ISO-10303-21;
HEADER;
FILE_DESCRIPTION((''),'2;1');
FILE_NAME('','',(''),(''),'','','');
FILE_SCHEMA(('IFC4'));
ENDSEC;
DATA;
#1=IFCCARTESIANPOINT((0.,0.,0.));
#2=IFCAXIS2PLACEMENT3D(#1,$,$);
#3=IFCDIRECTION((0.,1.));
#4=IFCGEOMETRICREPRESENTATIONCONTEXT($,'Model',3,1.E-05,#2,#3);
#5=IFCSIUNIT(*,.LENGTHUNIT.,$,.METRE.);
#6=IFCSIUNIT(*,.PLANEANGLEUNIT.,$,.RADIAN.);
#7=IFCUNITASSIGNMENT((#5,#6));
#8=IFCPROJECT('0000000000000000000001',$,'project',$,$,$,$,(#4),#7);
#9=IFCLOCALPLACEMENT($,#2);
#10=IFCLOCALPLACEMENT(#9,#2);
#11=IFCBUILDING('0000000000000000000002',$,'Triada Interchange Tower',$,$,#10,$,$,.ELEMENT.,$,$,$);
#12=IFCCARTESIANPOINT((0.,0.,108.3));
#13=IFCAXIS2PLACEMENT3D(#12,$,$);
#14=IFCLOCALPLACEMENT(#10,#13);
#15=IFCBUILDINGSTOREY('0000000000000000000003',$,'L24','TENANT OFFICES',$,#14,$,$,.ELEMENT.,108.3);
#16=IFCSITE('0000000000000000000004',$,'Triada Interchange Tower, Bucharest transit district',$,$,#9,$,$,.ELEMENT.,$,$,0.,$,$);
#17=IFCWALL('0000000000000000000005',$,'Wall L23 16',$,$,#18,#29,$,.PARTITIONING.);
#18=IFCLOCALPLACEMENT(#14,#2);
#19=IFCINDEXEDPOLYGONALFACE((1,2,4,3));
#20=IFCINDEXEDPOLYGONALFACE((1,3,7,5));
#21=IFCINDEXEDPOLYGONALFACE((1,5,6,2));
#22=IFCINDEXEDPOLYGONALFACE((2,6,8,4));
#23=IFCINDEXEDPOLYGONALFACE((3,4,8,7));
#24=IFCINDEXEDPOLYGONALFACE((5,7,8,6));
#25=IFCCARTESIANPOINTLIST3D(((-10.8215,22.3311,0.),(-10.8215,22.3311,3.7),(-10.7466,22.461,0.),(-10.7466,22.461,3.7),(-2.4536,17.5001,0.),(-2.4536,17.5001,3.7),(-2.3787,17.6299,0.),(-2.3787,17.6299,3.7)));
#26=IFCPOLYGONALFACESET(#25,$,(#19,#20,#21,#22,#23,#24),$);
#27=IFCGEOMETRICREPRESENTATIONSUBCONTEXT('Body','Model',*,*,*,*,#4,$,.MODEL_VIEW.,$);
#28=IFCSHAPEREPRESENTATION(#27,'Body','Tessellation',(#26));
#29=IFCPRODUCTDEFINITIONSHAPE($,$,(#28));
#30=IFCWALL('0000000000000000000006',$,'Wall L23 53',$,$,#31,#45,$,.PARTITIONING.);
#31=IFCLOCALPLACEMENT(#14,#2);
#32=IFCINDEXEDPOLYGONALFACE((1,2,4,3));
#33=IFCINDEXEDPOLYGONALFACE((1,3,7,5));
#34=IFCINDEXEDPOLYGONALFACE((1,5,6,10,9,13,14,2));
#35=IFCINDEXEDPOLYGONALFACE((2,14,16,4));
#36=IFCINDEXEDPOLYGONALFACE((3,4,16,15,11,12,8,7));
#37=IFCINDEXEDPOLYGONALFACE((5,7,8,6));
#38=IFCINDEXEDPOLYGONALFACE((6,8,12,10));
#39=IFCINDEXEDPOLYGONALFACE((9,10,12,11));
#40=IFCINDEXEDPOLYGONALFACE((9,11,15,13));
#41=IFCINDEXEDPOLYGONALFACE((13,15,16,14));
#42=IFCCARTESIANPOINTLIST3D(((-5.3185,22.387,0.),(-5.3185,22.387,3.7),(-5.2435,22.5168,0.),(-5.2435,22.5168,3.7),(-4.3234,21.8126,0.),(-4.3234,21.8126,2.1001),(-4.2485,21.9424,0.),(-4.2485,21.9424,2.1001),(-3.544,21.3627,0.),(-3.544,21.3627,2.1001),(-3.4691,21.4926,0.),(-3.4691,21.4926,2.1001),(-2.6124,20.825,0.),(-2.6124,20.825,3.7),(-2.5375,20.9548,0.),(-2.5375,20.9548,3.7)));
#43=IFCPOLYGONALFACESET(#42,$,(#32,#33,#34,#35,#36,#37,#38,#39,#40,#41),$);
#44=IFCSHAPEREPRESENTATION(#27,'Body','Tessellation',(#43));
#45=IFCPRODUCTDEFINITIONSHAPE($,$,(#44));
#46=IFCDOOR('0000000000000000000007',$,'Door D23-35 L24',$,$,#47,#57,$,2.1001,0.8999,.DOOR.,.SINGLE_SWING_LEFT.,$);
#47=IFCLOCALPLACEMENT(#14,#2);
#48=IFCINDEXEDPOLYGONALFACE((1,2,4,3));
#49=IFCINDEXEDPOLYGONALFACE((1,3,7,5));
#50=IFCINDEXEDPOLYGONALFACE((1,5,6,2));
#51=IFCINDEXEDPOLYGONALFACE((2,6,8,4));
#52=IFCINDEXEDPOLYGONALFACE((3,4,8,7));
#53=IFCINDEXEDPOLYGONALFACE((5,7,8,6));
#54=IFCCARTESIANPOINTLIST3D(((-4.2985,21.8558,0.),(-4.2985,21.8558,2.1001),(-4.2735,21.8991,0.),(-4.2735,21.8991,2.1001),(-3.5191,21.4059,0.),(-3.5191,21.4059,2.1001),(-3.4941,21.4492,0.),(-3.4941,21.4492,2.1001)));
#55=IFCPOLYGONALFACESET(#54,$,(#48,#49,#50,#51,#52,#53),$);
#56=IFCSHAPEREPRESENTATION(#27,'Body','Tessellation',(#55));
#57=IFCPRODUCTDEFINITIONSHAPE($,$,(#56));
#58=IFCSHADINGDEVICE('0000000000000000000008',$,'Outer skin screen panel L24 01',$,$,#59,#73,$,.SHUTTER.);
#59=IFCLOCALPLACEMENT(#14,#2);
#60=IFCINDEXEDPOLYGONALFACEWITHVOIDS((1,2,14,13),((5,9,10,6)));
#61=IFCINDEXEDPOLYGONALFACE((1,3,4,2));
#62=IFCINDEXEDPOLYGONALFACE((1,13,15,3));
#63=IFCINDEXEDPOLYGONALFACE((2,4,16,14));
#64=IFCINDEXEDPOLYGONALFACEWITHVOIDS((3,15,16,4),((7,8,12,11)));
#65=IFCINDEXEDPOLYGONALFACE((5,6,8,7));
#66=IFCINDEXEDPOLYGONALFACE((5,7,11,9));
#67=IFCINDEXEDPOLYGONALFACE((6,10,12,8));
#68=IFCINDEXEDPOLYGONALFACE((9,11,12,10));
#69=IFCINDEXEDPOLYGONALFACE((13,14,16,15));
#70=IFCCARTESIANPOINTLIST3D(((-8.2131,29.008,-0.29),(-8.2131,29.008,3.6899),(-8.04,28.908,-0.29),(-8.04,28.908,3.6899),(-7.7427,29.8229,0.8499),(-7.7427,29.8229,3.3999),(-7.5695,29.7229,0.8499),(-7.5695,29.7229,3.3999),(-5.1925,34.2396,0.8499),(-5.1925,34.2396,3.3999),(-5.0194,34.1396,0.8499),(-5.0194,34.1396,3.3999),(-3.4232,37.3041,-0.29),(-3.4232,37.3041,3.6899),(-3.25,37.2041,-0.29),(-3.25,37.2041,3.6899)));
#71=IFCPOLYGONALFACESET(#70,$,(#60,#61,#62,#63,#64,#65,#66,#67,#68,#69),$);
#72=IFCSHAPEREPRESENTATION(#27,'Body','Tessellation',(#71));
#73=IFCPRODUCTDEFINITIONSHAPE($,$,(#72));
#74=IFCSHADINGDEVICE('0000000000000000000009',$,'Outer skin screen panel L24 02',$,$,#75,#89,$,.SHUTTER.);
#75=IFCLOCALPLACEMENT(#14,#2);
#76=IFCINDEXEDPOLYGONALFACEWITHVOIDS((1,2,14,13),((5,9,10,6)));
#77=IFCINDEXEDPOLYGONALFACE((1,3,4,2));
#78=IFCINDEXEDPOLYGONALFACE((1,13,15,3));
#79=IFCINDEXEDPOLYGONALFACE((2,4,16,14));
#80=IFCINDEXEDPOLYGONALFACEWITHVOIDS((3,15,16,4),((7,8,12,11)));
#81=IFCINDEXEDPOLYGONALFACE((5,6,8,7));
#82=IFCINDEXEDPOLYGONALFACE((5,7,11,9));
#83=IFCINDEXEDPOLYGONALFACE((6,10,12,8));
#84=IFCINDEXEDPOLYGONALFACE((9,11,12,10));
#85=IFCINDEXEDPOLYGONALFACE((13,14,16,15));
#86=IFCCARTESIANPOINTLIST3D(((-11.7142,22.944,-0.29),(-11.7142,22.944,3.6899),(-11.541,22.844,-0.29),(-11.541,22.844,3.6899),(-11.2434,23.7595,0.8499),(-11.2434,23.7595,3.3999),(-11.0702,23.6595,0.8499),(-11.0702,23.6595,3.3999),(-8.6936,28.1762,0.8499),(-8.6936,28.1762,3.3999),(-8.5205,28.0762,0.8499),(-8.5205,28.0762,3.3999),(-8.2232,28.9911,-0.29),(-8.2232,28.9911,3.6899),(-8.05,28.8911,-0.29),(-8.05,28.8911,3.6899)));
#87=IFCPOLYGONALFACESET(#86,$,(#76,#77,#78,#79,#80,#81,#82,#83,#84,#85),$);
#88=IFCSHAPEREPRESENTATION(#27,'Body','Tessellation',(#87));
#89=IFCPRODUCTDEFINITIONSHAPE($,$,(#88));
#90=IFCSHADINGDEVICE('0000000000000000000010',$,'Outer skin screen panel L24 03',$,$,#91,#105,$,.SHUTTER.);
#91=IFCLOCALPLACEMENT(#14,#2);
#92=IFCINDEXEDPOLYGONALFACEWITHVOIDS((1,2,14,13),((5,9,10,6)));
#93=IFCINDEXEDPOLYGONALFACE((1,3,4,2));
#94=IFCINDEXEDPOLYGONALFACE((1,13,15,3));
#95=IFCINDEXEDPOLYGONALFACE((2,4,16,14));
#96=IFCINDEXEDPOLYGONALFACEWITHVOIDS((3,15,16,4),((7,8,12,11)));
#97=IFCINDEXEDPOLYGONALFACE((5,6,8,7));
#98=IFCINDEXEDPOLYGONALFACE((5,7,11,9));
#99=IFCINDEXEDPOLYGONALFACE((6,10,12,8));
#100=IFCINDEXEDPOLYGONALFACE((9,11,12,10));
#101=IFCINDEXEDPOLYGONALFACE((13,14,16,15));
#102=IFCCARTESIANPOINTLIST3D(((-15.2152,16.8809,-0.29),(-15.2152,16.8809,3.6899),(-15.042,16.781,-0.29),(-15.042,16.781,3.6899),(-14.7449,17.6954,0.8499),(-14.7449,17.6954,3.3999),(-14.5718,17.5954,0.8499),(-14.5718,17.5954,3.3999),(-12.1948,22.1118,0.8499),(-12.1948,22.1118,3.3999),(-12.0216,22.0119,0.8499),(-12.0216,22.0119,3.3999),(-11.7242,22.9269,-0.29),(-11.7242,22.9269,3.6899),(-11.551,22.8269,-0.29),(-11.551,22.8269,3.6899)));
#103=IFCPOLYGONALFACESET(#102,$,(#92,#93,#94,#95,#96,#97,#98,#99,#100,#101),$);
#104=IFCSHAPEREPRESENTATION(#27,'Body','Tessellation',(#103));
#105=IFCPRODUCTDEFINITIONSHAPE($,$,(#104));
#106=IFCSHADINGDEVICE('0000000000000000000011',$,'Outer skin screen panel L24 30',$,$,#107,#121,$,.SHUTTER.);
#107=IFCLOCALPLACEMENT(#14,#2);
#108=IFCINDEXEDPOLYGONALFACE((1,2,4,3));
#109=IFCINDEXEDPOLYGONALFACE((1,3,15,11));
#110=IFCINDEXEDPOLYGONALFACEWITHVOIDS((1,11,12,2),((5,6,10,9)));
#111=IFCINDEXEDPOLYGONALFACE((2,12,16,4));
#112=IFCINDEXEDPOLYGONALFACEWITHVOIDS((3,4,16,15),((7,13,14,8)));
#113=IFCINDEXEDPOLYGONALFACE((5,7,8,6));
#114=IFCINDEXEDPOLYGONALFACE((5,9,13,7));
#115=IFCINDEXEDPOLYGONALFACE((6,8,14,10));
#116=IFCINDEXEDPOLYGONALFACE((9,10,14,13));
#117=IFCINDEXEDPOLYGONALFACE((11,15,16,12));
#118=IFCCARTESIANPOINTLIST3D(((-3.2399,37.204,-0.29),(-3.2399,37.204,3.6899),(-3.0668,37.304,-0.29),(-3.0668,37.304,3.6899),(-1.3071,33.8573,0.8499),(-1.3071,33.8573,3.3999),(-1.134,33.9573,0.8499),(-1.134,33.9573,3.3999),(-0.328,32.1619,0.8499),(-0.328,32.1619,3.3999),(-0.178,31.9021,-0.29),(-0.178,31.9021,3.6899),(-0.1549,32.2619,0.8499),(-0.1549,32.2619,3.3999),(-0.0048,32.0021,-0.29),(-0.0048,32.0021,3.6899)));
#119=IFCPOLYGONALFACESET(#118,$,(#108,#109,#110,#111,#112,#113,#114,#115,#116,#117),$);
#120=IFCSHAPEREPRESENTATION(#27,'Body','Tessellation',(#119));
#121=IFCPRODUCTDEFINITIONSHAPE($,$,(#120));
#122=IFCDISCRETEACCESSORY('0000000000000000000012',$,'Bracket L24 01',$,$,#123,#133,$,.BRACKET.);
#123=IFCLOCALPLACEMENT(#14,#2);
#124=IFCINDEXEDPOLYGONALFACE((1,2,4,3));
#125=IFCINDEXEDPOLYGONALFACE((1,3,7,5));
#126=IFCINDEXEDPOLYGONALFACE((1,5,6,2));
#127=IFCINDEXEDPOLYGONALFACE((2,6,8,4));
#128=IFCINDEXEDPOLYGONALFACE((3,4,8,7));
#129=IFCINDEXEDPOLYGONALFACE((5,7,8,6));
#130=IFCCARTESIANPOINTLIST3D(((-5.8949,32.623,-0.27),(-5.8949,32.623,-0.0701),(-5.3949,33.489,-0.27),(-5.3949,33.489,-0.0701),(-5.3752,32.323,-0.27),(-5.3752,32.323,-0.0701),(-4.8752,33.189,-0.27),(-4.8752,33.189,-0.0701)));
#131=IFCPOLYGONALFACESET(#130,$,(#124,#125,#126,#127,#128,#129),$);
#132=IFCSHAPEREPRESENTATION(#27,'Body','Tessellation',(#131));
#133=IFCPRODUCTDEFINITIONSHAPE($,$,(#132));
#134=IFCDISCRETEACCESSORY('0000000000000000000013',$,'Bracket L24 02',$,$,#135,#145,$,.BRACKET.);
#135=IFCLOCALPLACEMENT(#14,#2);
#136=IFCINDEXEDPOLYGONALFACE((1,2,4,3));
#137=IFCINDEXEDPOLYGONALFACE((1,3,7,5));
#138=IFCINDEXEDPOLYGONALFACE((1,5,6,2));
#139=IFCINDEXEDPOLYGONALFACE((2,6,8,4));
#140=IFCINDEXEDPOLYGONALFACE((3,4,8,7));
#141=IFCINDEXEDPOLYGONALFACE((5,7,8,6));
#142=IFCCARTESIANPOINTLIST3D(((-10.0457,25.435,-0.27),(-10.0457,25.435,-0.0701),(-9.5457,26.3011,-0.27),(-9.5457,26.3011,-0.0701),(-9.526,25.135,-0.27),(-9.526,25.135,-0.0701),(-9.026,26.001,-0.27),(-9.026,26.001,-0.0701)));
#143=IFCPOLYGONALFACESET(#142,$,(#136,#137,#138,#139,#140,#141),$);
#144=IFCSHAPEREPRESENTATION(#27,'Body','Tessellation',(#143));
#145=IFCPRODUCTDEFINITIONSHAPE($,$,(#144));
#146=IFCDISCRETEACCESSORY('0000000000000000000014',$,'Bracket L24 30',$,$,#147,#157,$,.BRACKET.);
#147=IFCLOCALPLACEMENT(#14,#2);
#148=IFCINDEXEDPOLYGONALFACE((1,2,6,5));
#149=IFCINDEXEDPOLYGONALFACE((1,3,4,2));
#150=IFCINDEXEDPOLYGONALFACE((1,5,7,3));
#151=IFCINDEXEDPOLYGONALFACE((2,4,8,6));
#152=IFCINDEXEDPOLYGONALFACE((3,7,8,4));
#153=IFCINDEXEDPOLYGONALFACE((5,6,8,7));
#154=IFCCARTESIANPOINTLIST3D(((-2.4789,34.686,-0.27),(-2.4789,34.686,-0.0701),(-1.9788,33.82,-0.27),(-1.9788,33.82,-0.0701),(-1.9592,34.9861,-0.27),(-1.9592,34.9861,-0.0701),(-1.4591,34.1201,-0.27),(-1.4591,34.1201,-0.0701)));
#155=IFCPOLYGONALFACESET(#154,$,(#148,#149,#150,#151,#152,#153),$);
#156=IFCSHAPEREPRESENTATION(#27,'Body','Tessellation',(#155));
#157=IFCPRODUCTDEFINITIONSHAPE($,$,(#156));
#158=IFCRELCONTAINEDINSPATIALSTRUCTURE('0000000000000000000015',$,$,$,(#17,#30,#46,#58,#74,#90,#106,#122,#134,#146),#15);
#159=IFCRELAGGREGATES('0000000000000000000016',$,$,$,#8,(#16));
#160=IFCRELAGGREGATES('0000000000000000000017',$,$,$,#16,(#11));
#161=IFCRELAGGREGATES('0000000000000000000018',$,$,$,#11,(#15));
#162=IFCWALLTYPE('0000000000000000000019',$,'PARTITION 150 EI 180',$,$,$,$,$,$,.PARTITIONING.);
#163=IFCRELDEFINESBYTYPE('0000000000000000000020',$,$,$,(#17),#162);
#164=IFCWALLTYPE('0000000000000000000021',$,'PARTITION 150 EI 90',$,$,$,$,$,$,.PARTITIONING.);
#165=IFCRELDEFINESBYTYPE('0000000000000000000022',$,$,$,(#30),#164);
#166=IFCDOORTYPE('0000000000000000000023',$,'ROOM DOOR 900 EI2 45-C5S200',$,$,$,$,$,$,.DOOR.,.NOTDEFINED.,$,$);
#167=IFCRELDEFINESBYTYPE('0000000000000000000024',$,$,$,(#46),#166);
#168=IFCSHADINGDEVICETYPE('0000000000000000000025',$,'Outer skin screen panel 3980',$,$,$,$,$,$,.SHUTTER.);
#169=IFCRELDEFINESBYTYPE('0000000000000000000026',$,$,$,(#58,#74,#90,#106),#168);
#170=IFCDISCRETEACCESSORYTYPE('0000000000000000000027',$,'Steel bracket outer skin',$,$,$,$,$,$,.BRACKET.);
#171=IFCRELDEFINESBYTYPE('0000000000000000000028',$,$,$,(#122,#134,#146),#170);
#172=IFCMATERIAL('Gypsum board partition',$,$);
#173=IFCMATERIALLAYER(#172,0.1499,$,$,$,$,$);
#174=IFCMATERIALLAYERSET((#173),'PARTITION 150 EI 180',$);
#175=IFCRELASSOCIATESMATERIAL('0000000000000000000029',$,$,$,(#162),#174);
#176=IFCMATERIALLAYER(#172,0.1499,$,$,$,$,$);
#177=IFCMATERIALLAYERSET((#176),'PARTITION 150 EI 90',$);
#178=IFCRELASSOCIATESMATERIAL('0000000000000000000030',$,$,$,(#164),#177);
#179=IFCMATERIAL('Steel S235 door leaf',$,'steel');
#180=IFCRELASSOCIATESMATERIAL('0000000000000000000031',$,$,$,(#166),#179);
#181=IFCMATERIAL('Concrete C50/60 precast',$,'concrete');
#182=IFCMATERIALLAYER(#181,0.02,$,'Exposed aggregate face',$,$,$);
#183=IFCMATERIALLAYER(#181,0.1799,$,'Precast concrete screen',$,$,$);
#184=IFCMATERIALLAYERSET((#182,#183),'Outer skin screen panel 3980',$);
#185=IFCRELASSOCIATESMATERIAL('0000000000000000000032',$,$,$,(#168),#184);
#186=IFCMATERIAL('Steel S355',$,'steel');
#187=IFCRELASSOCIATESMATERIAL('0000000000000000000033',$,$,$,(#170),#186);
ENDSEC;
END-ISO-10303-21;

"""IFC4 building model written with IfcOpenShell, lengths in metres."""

from ifc_helpers import new_model, si_unit, direction, frame, frame_2d, origin, origin_2d, place, context, subcontext, project, spatial, polyline, rectangle, outline, extrude, material, layer, layer_set, type_object, element, fill, save


model = new_model("IFC4")

# Units and contexts
model_context = context("Model", 3, precision=1e-05, world=origin(), true_north=direction((0.0, 1.0)))
body_context = subcontext(model_context, "Body", "Model", "MODEL_VIEW")
ifc_project = project(units=[si_unit("LENGTHUNIT", "METRE"), si_unit("PLANEANGLEUNIT", "RADIAN")], contexts=[model_context])

# Site, building, storey
site_placement = place(None, origin())
site = spatial("IfcSite", under=ifc_project, at=site_placement, Name="Triada Interchange Tower, Bucharest transit district", CompositionType="ELEMENT", RefElevation=0.0)
building_placement = place(site_placement, origin())
building = spatial("IfcBuilding", under=site, at=building_placement, Name="Triada Interchange Tower", CompositionType="ELEMENT")
storey_placement = place(building_placement, frame((0.0, 0.0, 108.3)))
storey = spatial("IfcBuildingStorey", under=building, at=storey_placement, Name="L24", Description="TENANT OFFICES", CompositionType="ELEMENT", Elevation=108.3)

# Wall
ifc_material_1 = material(Name="Gypsum board partition")
ifc_layer_1 = layer(ifc_material_1, 0.1499)
ifc_layer_set_1 = layer_set([ifc_layer_1], Name="PARTITION 150 EI 180")
wall_type_1 = type_object("IfcWallType", Name="PARTITION 150 EI 180", PredefinedType="PARTITIONING", material=ifc_layer_set_1)
wall_1_placement = place(storey_placement, frame((-10.7839, 22.396, 0.0), z_axis=(0.0, 0.0, 1.0), x_axis=(0.866033, -0.499987, 0.0)))
element("IfcWall", 1, at=wall_1_placement, inside=storey, type_object=wall_type_1, Name="Wall L23 16", PredefinedType="PARTITIONING", context=body_context, shape_type="SweptSolid", body=[
    extrude(rectangle(XDim=9.6624, YDim=0.1499, at=frame_2d((4.8311, 0.0))), origin(), (0.0, 0.0, 1.0), 3.7),
])

# Wall, opening, door
ifc_layer_2 = layer(ifc_material_1, 0.1499)
ifc_layer_set_2 = layer_set([ifc_layer_2], Name="PARTITION 150 EI 90")
wall_type_2 = type_object("IfcWallType", Name="PARTITION 150 EI 90", PredefinedType="PARTITIONING", material=ifc_layer_set_2)
wall_2_placement = place(storey_placement, frame((-5.281, 22.4519, 0.0), z_axis=(0.0, 0.0, 1.0), x_axis=(0.866071, -0.499921, 0.0)))
wall_2 = element("IfcWall", 2, at=wall_2_placement, inside=storey, type_object=wall_type_2, Name="Wall L23 53", PredefinedType="PARTITIONING", context=body_context, shape_type="SweptSolid", body=[
    extrude(rectangle(XDim=3.1245, YDim=0.1499, at=frame_2d((1.5623, 0.0))), origin(), (0.0, 0.0, 1.0), 3.7),
])
opening_1_placement = place(wall_2_placement, frame((1.1489, 0.0, 0.0)))
opening_1 = element("IfcOpeningElement", 3, at=opening_1_placement, cuts=wall_2, PredefinedType="OPENING", context=body_context, shape_type="SweptSolid", body=[
    extrude(rectangle(XDim=0.8999, YDim=2.1001, at=frame_2d((0.45, 1.05))), frame((0.0, 0.085, 0.0), z_axis=(0.0, -1.0, 0.0), x_axis=(1.0, 0.0, 0.0)), (0.0, 0.0, 1.0), 0.1699),
])
ifc_material_2 = material(Name="Steel S235 door leaf", Category="steel")
door_type = type_object("IfcDoorType", Name="ROOM DOOR 900 EI2 45-C5S200", OperationType="NOTDEFINED", PredefinedType="DOOR", material=ifc_material_2)
door_placement = place(opening_1_placement, origin())
door = element("IfcDoor", 4, at=door_placement, inside=storey, type_object=door_type, Name="Door D23-35 L24", OperationType="SINGLE_SWING_LEFT", OverallHeight=2.1001, OverallWidth=0.8999, PredefinedType="DOOR", context=body_context, shape_type="SweptSolid", body=[
    extrude(rectangle(XDim=0.8999, YDim=2.1001, at=frame_2d((0.45, 1.05))), frame((0.0, 0.0249, 0.0), z_axis=(0.0, -1.0, 0.0), x_axis=(1.0, 0.0, 0.0)), (0.0, 0.0, 1.0), 0.05),
])
fill(opening_1, door)

# Shading devices
ifc_material_3 = material(Name="Concrete C50/60 precast", Category="concrete")
ifc_layer_3 = layer(ifc_material_3, 0.02, Name="Exposed aggregate face")
ifc_layer_4 = layer(ifc_material_3, 0.1799, Name="Precast concrete screen")
ifc_layer_set_3 = layer_set([ifc_layer_3, ifc_layer_4], Name="Outer skin screen panel 3980")
shading_device_type = type_object("IfcShadingDeviceType", Name="Outer skin screen panel 3980", PredefinedType="SHUTTER", material=ifc_layer_set_3)
shading_device_1_placement = place(storey_placement, frame((-3.25, 37.2041, -0.29), z_axis=(0.0, 0.0, 1.0), x_axis=(-0.50002, -0.866014, 0.0)))
element("IfcShadingDevice", 5, at=shading_device_1_placement, inside=storey, type_object=shading_device_type, Name="Outer skin screen panel L24 01", PredefinedType="SHUTTER", context=body_context, shape_type="SweptSolid", body=[
    extrude(outline(polyline([(0.0, 0.0), (9.5796, 0.0), (9.5796, 3.98), (0.0, 3.98), (0.0, 0.0)]), holes=[polyline([(3.5386, 1.1399), (3.5386, 3.6899), (8.6387, 3.6899), (8.6387, 1.1399), (3.5386, 1.1399)])]), frame((0.0, 0.0, 0.0), z_axis=(0.0, -1.0, 0.0), x_axis=(1.0, 0.0, 0.0)), (0.0, 0.0, 1.0), 0.2),
])
shading_device_2_placement = place(storey_placement, frame((-8.05, 28.8911, -0.29), z_axis=(0.0, 0.0, 1.0), x_axis=(-0.499964, -0.866046, 0.0)))
element("IfcShadingDevice", 6, at=shading_device_2_placement, inside=storey, type_object=shading_device_type, Name="Outer skin screen panel L24 02", PredefinedType="SHUTTER", context=body_context, shape_type="SweptSolid", body=[
    extrude(outline(polyline([(0.0, 0.0), (6.9824, 0.0), (6.9824, 3.98), (0.0, 3.98), (0.0, 0.0)]), holes=[polyline([(0.9409, 1.1399), (0.9409, 3.6899), (6.0408, 3.6899), (6.0408, 1.1399), (0.9409, 1.1399)])]), frame((0.0, 0.0, 0.0), z_axis=(0.0, -1.0, 0.0), x_axis=(1.0, 0.0, 0.0)), (0.0, 0.0, 1.0), 0.2),
])
shading_device_3_placement = place(storey_placement, frame((-11.551, 22.8269, -0.29), z_axis=(0.0, 0.0, 1.0), x_axis=(-0.500039, -0.866003, 0.0)))
element("IfcShadingDevice", 7, at=shading_device_3_placement, inside=storey, type_object=shading_device_type, Name="Outer skin screen panel L24 03", PredefinedType="SHUTTER", context=body_context, shape_type="SweptSolid", body=[
    extrude(outline(polyline([(0.0, 0.0), (6.9814, 0.0), (6.9814, 3.98), (0.0, 3.98), (0.0, 0.0)]), holes=[polyline([(0.9412, 1.1399), (0.9412, 3.6899), (6.041, 3.6899), (6.041, 1.1399), (0.9412, 1.1399)])]), frame((0.0, 0.0, 0.0), z_axis=(0.0, -1.0, 0.0), x_axis=(1.0, 0.0, 0.0)), (0.0, 0.0, 1.0), 0.2),
])
shading_device_4_placement = place(storey_placement, frame((-0.178, 31.9021, -0.29), z_axis=(0.0, 0.0, 1.0), x_axis=(-0.50011, 0.865962, 0.0)))
element("IfcShadingDevice", 8, at=shading_device_4_placement, inside=storey, type_object=shading_device_type, Name="Outer skin screen panel L24 30", PredefinedType="SHUTTER", context=body_context, shape_type="SweptSolid", body=[
    extrude(outline(polyline([(0.0, 0.0), (6.1226, 0.0), (6.1226, 3.98), (0.0, 3.98), (0.0, 0.0)]), holes=[polyline([(0.3, 1.1399), (0.3, 3.6899), (2.2578, 3.6899), (2.2578, 1.1399), (0.3, 1.1399)])]), frame((0.0, 0.0, 0.0), z_axis=(0.0, -1.0, 0.0), x_axis=(1.0, 0.0, 0.0)), (0.0, 0.0, 1.0), 0.2),
])

# Discrete accessories
ifc_material_4 = material(Name="Steel S355", Category="steel")
discrete_accessory_type = type_object("IfcDiscreteAccessoryType", Name="Steel bracket outer skin", PredefinedType="BRACKET", material=ifc_material_4)
for number, where, z_axis, x_axis, name in (
    (9, (-5.385, 32.906, -0.27), (0.0, 0.0, 1.0), (-0.866022, 0.500006, 0.0), "Bracket L24 01"),
    (10, (-9.5359, 25.718, -0.27), (0.0, 0.0, 1.0), (-0.866022, 0.500006, 0.0), "Bracket L24 02"),
    (11, (-1.969, 34.4031, -0.27), (0.0, 0.0, 1.0), (0.866006, 0.500034, 0.0), "Bracket L24 30"),
):
    element("IfcDiscreteAccessory", number, at=place(storey_placement, frame(where, z_axis=z_axis, x_axis=x_axis)), inside=storey, type_object=discrete_accessory_type, Name=name, PredefinedType="BRACKET", context=body_context, shape_type="SweptSolid", body=[
        extrude(rectangle(XDim=0.6001, YDim=1.0, at=origin_2d()), origin(), (0.0, 0.0, 1.0), 0.2),
    ])

save(model, "model.ifc")
